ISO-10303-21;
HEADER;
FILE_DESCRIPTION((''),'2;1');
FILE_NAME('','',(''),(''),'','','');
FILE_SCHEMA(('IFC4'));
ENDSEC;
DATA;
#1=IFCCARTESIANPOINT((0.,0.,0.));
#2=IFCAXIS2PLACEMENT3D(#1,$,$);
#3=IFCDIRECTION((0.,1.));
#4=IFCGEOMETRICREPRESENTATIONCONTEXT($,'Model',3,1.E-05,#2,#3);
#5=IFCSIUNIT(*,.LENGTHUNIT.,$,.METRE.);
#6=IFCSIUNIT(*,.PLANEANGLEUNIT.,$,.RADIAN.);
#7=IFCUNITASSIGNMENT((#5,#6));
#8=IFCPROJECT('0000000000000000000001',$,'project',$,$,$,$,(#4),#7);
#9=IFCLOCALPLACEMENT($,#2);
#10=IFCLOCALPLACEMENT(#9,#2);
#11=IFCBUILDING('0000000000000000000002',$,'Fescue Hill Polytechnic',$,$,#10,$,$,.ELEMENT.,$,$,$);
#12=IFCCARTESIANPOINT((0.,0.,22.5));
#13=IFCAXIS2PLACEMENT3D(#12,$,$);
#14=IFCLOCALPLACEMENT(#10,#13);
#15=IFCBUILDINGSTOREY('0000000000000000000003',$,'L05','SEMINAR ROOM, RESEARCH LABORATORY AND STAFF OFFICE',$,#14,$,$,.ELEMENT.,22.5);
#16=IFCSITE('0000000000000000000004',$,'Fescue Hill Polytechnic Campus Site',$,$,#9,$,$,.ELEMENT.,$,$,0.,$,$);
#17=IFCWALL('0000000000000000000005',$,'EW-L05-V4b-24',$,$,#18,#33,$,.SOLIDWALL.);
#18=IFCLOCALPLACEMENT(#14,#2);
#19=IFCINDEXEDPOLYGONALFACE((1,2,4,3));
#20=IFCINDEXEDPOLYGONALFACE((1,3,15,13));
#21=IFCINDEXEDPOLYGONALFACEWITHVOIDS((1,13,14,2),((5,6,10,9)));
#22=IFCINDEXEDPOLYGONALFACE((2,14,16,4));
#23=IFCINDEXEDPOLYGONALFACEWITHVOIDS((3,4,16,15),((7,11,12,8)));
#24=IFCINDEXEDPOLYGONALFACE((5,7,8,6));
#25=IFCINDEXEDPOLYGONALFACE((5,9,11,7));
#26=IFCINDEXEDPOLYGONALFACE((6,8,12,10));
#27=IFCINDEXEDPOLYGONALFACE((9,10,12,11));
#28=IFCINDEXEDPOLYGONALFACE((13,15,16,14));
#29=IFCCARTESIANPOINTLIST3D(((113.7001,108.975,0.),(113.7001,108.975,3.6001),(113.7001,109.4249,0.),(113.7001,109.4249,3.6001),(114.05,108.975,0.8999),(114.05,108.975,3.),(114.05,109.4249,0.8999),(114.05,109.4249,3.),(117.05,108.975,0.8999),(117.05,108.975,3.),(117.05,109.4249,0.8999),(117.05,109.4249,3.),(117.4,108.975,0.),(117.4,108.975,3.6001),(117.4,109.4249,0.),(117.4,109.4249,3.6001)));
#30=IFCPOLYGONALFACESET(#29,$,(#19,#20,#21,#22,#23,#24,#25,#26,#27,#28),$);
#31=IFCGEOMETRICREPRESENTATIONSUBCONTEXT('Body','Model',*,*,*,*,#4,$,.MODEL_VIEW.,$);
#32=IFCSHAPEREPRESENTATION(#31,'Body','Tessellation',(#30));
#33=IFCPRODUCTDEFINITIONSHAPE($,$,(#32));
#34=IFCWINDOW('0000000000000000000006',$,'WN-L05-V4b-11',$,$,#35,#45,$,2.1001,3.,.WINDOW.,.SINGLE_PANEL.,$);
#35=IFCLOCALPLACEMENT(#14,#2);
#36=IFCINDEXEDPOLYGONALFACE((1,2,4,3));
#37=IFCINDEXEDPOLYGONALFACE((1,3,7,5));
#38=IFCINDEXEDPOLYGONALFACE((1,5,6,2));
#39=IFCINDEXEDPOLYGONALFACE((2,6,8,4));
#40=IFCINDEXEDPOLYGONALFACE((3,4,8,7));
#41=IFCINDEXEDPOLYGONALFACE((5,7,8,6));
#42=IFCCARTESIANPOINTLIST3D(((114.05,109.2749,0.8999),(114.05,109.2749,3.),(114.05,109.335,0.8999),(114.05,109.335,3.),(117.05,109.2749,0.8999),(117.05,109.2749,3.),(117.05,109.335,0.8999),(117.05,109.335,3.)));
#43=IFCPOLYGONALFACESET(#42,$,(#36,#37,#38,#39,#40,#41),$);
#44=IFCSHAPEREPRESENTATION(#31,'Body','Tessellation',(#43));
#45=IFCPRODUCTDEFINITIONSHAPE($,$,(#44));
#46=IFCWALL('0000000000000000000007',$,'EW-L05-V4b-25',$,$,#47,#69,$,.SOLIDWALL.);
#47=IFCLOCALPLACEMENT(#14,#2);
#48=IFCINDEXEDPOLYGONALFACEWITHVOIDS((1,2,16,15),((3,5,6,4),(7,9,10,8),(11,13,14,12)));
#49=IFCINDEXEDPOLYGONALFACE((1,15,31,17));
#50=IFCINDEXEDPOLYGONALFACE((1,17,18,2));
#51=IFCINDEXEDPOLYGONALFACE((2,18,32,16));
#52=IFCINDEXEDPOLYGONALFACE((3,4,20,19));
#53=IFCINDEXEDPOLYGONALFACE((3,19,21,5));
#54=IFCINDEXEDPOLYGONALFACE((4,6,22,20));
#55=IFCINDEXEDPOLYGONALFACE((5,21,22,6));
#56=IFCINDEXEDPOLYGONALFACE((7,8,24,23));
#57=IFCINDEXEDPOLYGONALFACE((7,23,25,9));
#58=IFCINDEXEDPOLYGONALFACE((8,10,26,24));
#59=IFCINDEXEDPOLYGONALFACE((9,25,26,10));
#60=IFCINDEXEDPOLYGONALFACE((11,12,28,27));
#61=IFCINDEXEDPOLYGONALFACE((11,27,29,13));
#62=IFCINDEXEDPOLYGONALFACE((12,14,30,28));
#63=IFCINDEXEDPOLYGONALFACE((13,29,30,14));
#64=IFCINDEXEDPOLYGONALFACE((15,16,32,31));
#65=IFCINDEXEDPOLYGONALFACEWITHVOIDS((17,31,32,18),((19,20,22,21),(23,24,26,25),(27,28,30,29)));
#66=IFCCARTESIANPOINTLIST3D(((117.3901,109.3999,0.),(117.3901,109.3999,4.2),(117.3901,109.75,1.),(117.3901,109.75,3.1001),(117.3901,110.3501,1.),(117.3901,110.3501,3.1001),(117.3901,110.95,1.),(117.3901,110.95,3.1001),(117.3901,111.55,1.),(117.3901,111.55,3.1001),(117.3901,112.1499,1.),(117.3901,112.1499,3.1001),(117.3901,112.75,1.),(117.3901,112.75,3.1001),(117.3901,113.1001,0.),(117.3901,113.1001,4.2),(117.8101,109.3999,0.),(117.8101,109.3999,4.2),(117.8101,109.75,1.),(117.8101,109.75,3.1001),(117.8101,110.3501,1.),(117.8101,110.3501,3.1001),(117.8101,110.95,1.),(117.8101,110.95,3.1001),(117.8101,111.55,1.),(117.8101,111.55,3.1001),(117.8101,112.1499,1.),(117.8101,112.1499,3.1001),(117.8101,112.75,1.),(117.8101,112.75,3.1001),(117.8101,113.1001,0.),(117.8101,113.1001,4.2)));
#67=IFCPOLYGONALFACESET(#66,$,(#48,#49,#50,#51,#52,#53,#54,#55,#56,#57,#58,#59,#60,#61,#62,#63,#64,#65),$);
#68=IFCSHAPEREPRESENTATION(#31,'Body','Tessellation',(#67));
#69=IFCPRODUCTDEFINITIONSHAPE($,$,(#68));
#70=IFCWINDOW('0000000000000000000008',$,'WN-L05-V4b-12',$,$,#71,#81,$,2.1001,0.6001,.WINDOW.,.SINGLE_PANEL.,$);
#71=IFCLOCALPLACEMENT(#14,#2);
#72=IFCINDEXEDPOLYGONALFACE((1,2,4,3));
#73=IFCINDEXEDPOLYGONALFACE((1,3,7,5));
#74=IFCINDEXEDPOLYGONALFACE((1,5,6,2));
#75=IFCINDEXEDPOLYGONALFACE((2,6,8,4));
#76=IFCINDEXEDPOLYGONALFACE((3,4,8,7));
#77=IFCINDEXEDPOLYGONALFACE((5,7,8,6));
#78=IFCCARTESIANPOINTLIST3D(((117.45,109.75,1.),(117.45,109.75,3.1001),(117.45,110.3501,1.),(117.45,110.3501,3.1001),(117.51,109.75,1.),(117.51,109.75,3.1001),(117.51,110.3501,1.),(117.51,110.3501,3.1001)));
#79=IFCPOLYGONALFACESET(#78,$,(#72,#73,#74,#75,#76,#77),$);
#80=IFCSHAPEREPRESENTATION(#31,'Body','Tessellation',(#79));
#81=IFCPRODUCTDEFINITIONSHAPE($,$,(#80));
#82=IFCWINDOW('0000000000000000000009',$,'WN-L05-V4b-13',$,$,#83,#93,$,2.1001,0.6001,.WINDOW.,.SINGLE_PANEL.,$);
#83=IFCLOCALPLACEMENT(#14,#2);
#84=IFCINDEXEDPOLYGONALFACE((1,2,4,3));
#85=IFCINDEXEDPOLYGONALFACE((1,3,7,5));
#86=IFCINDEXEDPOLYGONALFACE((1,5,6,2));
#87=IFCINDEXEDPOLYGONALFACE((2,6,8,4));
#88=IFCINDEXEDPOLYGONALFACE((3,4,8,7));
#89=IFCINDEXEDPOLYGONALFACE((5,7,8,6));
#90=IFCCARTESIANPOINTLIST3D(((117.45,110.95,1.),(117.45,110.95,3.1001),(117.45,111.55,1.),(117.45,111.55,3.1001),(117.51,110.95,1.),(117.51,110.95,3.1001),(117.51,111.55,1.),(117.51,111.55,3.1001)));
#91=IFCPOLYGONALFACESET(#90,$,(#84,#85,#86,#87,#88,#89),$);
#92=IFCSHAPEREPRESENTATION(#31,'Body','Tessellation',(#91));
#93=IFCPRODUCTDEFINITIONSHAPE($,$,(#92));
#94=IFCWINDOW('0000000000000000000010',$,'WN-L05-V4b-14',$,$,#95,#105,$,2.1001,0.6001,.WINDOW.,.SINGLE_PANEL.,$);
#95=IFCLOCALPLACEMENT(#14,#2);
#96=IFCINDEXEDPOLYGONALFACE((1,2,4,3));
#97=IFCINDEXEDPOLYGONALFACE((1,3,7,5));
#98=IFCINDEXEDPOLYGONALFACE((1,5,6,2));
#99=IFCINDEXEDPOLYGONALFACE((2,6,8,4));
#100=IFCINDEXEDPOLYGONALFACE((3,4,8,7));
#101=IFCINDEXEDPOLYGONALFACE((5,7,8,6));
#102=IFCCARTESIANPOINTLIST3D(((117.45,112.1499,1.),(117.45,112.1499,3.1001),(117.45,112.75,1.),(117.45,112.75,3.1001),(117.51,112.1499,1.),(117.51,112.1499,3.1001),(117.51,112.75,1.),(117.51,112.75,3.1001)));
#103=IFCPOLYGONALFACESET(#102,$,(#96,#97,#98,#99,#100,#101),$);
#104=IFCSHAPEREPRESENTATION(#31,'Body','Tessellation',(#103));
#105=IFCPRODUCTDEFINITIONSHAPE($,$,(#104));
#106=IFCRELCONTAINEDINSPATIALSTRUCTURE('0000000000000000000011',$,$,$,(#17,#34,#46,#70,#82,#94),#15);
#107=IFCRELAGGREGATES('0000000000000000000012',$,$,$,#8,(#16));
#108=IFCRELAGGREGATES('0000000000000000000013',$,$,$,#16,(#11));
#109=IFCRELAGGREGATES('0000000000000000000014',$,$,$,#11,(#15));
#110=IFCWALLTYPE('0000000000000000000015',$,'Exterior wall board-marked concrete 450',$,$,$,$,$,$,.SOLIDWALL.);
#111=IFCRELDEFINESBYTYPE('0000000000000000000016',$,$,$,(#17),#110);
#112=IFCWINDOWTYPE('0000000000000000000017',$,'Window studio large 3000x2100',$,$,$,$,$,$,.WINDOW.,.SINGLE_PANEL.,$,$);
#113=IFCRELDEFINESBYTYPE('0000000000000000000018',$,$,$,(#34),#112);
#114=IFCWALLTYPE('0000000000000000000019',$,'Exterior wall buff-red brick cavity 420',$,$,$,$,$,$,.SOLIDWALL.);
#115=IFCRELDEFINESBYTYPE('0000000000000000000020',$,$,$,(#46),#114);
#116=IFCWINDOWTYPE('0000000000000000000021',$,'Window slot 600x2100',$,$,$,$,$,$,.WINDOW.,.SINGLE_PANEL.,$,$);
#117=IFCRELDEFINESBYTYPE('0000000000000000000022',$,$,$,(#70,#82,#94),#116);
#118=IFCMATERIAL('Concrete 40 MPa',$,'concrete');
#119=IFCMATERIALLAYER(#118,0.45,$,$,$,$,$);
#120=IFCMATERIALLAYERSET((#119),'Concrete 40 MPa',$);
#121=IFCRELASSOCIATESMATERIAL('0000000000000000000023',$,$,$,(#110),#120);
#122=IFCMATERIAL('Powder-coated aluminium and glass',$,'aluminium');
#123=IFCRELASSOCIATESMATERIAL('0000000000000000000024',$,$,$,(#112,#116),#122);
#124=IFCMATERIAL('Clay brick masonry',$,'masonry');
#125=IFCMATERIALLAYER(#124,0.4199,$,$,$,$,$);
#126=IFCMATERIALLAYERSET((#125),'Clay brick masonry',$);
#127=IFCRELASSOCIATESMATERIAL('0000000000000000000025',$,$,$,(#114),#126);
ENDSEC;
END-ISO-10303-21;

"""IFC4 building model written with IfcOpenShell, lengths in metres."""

from ifc_helpers import new_model, si_unit, direction, frame, frame_2d, origin, place, context, subcontext, project, spatial, rectangle, extrude, material, layer, layer_set, type_object, element, fill, save


model = new_model("IFC4")

# Units and contexts
model_context = context("Model", 3, precision=1e-05, world=origin(), true_north=direction((0.0, 1.0)))
body_context = subcontext(model_context, "Body", "Model", "MODEL_VIEW")
ifc_project = project(units=[si_unit("LENGTHUNIT", "METRE"), si_unit("PLANEANGLEUNIT", "RADIAN")], contexts=[model_context])

# Site, building, storey
site_placement = place(None, origin())
site = spatial("IfcSite", under=ifc_project, at=site_placement, Name="Fescue Hill Polytechnic Campus Site", CompositionType="ELEMENT", RefElevation=0.0)
building_placement = place(site_placement, origin())
building = spatial("IfcBuilding", under=site, at=building_placement, Name="Fescue Hill Polytechnic", CompositionType="ELEMENT")
storey_placement = place(building_placement, frame((0.0, 0.0, 22.5)))
storey = spatial("IfcBuildingStorey", under=building, at=storey_placement, Name="L05", Description="SEMINAR ROOM, RESEARCH LABORATORY AND STAFF OFFICE", CompositionType="ELEMENT", Elevation=22.5)

# Shared definitions
ifc_material_1 = material(Name="Concrete 40 MPa", Category="concrete")

# Shared definitions
ifc_material_2 = material(Name="Clay brick masonry", Category="masonry")

# Wall, opening, window
ifc_layer_1 = layer(ifc_material_1, 0.45)
ifc_layer_set_1 = layer_set([ifc_layer_1], Name="Concrete 40 MPa")
wall_type_1 = type_object("IfcWallType", Name="Exterior wall board-marked concrete 450", PredefinedType="SOLIDWALL", material=ifc_layer_set_1)
ifc_material_3 = material(Name="Powder-coated aluminium and glass", Category="aluminium")
window_type_1 = type_object("IfcWindowType", Name="Window studio large 3000x2100", PartitioningType="SINGLE_PANEL", PredefinedType="WINDOW", material=ifc_material_3)
wall_1_placement = place(storey_placement, frame((113.7, 109.2, 0.0), z_axis=(0.0, 0.0, 1.0), x_axis=(1.0, 0.0, 0.0)))
wall_1 = element("IfcWall", 1, at=wall_1_placement, inside=storey, type_object=wall_type_1, Name="EW-L05-V4b-24", PredefinedType="SOLIDWALL", context=body_context, shape_type="SweptSolid", body=[
    extrude(rectangle(XDim=3.7, YDim=0.45, at=frame_2d((1.8501, 0.0))), origin(), (0.0, 0.0, 1.0), 3.6001),
])
opening_1_placement = place(wall_1_placement, frame((0.3501, 0.0, 0.8999)))
opening_1 = element("IfcOpeningElement", 2, at=opening_1_placement, cuts=wall_1, PredefinedType="OPENING", context=body_context, shape_type="SweptSolid", body=[
    extrude(rectangle(XDim=3.0, YDim=2.1001, at=frame_2d((1.5, 1.05))), frame((0.0, 0.2349, 0.0), z_axis=(0.0, -1.0, 0.0), x_axis=(1.0, 0.0, 0.0)), (0.0, 0.0, 1.0), 0.47),
])
window_1_placement = place(opening_1_placement, origin())
window_1 = element("IfcWindow", 3, at=window_1_placement, inside=storey, type_object=window_type_1, Name="WN-L05-V4b-11", OverallHeight=2.1001, OverallWidth=3.0, PartitioningType="SINGLE_PANEL", PredefinedType="WINDOW", context=body_context, shape_type="SweptSolid", body=[
    extrude(rectangle(XDim=3.0, YDim=2.1001, at=frame_2d((1.5, 1.05))), frame((0.0, 0.135, 0.0), z_axis=(0.0, -1.0, 0.0), x_axis=(1.0, 0.0, 0.0)), (0.0, 0.0, 1.0), 0.0601),
])
fill(opening_1, window_1)

# Wall, openings, windows
ifc_layer_2 = layer(ifc_material_2, 0.4199)
ifc_layer_set_2 = layer_set([ifc_layer_2], Name="Clay brick masonry")
wall_type_2 = type_object("IfcWallType", Name="Exterior wall buff-red brick cavity 420", PredefinedType="SOLIDWALL", material=ifc_layer_set_2)
wall_2_placement = place(storey_placement, frame((117.6001, 109.3999, 0.0), z_axis=(0.0, 0.0, 1.0), x_axis=(0.0, 1.0, 0.0)))
wall_2 = element("IfcWall", 4, at=wall_2_placement, inside=storey, type_object=wall_type_2, Name="EW-L05-V4b-25", PredefinedType="SOLIDWALL", context=body_context, shape_type="SweptSolid", body=[
    extrude(rectangle(XDim=3.7002, YDim=0.4199, at=frame_2d((1.8501, 0.0))), origin(), (0.0, 0.0, 1.0), 4.2),
])
opening_2_placement = place(wall_2_placement, frame((0.3501, 0.0, 1.0)))
opening_2 = element("IfcOpeningElement", 5, at=opening_2_placement, cuts=wall_2, PredefinedType="OPENING", context=body_context, shape_type="SweptSolid", body=[
    extrude(rectangle(XDim=0.6001, YDim=2.1001, at=frame_2d((0.3, 1.05))), frame((0.0, 0.22, 0.0), z_axis=(0.0, -1.0, 0.0), x_axis=(1.0, 0.0, 0.0)), (0.0, 0.0, 1.0), 0.4399),
])
opening_3_placement = place(wall_2_placement, frame((1.55, 0.0, 1.0)))
opening_3 = element("IfcOpeningElement", 6, at=opening_3_placement, cuts=wall_2, PredefinedType="OPENING", context=body_context, shape_type="SweptSolid", body=[
    extrude(rectangle(XDim=0.6001, YDim=2.1001, at=frame_2d((0.3, 1.05))), frame((0.0, 0.22, 0.0), z_axis=(0.0, -1.0, 0.0), x_axis=(1.0, 0.0, 0.0)), (0.0, 0.0, 1.0), 0.4399),
])
opening_4_placement = place(wall_2_placement, frame((2.75, 0.0, 1.0)))
opening_4 = element("IfcOpeningElement", 7, at=opening_4_placement, cuts=wall_2, PredefinedType="OPENING", context=body_context, shape_type="SweptSolid", body=[
    extrude(rectangle(XDim=0.6001, YDim=2.1001, at=frame_2d((0.3, 1.05))), frame((0.0, 0.22, 0.0), z_axis=(0.0, -1.0, 0.0), x_axis=(1.0, 0.0, 0.0)), (0.0, 0.0, 1.0), 0.4399),
])
window_type_2 = type_object("IfcWindowType", Name="Window slot 600x2100", PartitioningType="SINGLE_PANEL", PredefinedType="WINDOW", material=ifc_material_3)
window_2_placement = place(opening_2_placement, origin())
window_2 = element("IfcWindow", 8, at=window_2_placement, inside=storey, type_object=window_type_2, Name="WN-L05-V4b-12", OverallHeight=2.1001, OverallWidth=0.6001, PartitioningType="SINGLE_PANEL", PredefinedType="WINDOW", context=body_context, shape_type="SweptSolid", body=[
    extrude(rectangle(XDim=0.6001, YDim=2.1001, at=frame_2d((0.3, 1.05))), frame((0.0, 0.1501, 0.0), z_axis=(0.0, -1.0, 0.0), x_axis=(1.0, 0.0, 0.0)), (0.0, 0.0, 1.0), 0.0601),
])
fill(opening_2, window_2)
window_3_placement = place(opening_3_placement, origin())
window_3 = element("IfcWindow", 9, at=window_3_placement, inside=storey, type_object=window_type_2, Name="WN-L05-V4b-13", OverallHeight=2.1001, OverallWidth=0.6001, PartitioningType="SINGLE_PANEL", PredefinedType="WINDOW", context=body_context, shape_type="SweptSolid", body=[
    extrude(rectangle(XDim=0.6001, YDim=2.1001, at=frame_2d((0.3, 1.05))), frame((0.0, 0.1501, 0.0), z_axis=(0.0, -1.0, 0.0), x_axis=(1.0, 0.0, 0.0)), (0.0, 0.0, 1.0), 0.0601),
])
fill(opening_3, window_3)
window_4_placement = place(opening_4_placement, origin())
window_4 = element("IfcWindow", 10, at=window_4_placement, inside=storey, type_object=window_type_2, Name="WN-L05-V4b-14", OverallHeight=2.1001, OverallWidth=0.6001, PartitioningType="SINGLE_PANEL", PredefinedType="WINDOW", context=body_context, shape_type="SweptSolid", body=[
    extrude(rectangle(XDim=0.6001, YDim=2.1001, at=frame_2d((0.3, 1.05))), frame((0.0, 0.1501, 0.0), z_axis=(0.0, -1.0, 0.0), x_axis=(1.0, 0.0, 0.0)), (0.0, 0.0, 1.0), 0.0601),
])
fill(opening_4, window_4)

save(model, "model.ifc")
